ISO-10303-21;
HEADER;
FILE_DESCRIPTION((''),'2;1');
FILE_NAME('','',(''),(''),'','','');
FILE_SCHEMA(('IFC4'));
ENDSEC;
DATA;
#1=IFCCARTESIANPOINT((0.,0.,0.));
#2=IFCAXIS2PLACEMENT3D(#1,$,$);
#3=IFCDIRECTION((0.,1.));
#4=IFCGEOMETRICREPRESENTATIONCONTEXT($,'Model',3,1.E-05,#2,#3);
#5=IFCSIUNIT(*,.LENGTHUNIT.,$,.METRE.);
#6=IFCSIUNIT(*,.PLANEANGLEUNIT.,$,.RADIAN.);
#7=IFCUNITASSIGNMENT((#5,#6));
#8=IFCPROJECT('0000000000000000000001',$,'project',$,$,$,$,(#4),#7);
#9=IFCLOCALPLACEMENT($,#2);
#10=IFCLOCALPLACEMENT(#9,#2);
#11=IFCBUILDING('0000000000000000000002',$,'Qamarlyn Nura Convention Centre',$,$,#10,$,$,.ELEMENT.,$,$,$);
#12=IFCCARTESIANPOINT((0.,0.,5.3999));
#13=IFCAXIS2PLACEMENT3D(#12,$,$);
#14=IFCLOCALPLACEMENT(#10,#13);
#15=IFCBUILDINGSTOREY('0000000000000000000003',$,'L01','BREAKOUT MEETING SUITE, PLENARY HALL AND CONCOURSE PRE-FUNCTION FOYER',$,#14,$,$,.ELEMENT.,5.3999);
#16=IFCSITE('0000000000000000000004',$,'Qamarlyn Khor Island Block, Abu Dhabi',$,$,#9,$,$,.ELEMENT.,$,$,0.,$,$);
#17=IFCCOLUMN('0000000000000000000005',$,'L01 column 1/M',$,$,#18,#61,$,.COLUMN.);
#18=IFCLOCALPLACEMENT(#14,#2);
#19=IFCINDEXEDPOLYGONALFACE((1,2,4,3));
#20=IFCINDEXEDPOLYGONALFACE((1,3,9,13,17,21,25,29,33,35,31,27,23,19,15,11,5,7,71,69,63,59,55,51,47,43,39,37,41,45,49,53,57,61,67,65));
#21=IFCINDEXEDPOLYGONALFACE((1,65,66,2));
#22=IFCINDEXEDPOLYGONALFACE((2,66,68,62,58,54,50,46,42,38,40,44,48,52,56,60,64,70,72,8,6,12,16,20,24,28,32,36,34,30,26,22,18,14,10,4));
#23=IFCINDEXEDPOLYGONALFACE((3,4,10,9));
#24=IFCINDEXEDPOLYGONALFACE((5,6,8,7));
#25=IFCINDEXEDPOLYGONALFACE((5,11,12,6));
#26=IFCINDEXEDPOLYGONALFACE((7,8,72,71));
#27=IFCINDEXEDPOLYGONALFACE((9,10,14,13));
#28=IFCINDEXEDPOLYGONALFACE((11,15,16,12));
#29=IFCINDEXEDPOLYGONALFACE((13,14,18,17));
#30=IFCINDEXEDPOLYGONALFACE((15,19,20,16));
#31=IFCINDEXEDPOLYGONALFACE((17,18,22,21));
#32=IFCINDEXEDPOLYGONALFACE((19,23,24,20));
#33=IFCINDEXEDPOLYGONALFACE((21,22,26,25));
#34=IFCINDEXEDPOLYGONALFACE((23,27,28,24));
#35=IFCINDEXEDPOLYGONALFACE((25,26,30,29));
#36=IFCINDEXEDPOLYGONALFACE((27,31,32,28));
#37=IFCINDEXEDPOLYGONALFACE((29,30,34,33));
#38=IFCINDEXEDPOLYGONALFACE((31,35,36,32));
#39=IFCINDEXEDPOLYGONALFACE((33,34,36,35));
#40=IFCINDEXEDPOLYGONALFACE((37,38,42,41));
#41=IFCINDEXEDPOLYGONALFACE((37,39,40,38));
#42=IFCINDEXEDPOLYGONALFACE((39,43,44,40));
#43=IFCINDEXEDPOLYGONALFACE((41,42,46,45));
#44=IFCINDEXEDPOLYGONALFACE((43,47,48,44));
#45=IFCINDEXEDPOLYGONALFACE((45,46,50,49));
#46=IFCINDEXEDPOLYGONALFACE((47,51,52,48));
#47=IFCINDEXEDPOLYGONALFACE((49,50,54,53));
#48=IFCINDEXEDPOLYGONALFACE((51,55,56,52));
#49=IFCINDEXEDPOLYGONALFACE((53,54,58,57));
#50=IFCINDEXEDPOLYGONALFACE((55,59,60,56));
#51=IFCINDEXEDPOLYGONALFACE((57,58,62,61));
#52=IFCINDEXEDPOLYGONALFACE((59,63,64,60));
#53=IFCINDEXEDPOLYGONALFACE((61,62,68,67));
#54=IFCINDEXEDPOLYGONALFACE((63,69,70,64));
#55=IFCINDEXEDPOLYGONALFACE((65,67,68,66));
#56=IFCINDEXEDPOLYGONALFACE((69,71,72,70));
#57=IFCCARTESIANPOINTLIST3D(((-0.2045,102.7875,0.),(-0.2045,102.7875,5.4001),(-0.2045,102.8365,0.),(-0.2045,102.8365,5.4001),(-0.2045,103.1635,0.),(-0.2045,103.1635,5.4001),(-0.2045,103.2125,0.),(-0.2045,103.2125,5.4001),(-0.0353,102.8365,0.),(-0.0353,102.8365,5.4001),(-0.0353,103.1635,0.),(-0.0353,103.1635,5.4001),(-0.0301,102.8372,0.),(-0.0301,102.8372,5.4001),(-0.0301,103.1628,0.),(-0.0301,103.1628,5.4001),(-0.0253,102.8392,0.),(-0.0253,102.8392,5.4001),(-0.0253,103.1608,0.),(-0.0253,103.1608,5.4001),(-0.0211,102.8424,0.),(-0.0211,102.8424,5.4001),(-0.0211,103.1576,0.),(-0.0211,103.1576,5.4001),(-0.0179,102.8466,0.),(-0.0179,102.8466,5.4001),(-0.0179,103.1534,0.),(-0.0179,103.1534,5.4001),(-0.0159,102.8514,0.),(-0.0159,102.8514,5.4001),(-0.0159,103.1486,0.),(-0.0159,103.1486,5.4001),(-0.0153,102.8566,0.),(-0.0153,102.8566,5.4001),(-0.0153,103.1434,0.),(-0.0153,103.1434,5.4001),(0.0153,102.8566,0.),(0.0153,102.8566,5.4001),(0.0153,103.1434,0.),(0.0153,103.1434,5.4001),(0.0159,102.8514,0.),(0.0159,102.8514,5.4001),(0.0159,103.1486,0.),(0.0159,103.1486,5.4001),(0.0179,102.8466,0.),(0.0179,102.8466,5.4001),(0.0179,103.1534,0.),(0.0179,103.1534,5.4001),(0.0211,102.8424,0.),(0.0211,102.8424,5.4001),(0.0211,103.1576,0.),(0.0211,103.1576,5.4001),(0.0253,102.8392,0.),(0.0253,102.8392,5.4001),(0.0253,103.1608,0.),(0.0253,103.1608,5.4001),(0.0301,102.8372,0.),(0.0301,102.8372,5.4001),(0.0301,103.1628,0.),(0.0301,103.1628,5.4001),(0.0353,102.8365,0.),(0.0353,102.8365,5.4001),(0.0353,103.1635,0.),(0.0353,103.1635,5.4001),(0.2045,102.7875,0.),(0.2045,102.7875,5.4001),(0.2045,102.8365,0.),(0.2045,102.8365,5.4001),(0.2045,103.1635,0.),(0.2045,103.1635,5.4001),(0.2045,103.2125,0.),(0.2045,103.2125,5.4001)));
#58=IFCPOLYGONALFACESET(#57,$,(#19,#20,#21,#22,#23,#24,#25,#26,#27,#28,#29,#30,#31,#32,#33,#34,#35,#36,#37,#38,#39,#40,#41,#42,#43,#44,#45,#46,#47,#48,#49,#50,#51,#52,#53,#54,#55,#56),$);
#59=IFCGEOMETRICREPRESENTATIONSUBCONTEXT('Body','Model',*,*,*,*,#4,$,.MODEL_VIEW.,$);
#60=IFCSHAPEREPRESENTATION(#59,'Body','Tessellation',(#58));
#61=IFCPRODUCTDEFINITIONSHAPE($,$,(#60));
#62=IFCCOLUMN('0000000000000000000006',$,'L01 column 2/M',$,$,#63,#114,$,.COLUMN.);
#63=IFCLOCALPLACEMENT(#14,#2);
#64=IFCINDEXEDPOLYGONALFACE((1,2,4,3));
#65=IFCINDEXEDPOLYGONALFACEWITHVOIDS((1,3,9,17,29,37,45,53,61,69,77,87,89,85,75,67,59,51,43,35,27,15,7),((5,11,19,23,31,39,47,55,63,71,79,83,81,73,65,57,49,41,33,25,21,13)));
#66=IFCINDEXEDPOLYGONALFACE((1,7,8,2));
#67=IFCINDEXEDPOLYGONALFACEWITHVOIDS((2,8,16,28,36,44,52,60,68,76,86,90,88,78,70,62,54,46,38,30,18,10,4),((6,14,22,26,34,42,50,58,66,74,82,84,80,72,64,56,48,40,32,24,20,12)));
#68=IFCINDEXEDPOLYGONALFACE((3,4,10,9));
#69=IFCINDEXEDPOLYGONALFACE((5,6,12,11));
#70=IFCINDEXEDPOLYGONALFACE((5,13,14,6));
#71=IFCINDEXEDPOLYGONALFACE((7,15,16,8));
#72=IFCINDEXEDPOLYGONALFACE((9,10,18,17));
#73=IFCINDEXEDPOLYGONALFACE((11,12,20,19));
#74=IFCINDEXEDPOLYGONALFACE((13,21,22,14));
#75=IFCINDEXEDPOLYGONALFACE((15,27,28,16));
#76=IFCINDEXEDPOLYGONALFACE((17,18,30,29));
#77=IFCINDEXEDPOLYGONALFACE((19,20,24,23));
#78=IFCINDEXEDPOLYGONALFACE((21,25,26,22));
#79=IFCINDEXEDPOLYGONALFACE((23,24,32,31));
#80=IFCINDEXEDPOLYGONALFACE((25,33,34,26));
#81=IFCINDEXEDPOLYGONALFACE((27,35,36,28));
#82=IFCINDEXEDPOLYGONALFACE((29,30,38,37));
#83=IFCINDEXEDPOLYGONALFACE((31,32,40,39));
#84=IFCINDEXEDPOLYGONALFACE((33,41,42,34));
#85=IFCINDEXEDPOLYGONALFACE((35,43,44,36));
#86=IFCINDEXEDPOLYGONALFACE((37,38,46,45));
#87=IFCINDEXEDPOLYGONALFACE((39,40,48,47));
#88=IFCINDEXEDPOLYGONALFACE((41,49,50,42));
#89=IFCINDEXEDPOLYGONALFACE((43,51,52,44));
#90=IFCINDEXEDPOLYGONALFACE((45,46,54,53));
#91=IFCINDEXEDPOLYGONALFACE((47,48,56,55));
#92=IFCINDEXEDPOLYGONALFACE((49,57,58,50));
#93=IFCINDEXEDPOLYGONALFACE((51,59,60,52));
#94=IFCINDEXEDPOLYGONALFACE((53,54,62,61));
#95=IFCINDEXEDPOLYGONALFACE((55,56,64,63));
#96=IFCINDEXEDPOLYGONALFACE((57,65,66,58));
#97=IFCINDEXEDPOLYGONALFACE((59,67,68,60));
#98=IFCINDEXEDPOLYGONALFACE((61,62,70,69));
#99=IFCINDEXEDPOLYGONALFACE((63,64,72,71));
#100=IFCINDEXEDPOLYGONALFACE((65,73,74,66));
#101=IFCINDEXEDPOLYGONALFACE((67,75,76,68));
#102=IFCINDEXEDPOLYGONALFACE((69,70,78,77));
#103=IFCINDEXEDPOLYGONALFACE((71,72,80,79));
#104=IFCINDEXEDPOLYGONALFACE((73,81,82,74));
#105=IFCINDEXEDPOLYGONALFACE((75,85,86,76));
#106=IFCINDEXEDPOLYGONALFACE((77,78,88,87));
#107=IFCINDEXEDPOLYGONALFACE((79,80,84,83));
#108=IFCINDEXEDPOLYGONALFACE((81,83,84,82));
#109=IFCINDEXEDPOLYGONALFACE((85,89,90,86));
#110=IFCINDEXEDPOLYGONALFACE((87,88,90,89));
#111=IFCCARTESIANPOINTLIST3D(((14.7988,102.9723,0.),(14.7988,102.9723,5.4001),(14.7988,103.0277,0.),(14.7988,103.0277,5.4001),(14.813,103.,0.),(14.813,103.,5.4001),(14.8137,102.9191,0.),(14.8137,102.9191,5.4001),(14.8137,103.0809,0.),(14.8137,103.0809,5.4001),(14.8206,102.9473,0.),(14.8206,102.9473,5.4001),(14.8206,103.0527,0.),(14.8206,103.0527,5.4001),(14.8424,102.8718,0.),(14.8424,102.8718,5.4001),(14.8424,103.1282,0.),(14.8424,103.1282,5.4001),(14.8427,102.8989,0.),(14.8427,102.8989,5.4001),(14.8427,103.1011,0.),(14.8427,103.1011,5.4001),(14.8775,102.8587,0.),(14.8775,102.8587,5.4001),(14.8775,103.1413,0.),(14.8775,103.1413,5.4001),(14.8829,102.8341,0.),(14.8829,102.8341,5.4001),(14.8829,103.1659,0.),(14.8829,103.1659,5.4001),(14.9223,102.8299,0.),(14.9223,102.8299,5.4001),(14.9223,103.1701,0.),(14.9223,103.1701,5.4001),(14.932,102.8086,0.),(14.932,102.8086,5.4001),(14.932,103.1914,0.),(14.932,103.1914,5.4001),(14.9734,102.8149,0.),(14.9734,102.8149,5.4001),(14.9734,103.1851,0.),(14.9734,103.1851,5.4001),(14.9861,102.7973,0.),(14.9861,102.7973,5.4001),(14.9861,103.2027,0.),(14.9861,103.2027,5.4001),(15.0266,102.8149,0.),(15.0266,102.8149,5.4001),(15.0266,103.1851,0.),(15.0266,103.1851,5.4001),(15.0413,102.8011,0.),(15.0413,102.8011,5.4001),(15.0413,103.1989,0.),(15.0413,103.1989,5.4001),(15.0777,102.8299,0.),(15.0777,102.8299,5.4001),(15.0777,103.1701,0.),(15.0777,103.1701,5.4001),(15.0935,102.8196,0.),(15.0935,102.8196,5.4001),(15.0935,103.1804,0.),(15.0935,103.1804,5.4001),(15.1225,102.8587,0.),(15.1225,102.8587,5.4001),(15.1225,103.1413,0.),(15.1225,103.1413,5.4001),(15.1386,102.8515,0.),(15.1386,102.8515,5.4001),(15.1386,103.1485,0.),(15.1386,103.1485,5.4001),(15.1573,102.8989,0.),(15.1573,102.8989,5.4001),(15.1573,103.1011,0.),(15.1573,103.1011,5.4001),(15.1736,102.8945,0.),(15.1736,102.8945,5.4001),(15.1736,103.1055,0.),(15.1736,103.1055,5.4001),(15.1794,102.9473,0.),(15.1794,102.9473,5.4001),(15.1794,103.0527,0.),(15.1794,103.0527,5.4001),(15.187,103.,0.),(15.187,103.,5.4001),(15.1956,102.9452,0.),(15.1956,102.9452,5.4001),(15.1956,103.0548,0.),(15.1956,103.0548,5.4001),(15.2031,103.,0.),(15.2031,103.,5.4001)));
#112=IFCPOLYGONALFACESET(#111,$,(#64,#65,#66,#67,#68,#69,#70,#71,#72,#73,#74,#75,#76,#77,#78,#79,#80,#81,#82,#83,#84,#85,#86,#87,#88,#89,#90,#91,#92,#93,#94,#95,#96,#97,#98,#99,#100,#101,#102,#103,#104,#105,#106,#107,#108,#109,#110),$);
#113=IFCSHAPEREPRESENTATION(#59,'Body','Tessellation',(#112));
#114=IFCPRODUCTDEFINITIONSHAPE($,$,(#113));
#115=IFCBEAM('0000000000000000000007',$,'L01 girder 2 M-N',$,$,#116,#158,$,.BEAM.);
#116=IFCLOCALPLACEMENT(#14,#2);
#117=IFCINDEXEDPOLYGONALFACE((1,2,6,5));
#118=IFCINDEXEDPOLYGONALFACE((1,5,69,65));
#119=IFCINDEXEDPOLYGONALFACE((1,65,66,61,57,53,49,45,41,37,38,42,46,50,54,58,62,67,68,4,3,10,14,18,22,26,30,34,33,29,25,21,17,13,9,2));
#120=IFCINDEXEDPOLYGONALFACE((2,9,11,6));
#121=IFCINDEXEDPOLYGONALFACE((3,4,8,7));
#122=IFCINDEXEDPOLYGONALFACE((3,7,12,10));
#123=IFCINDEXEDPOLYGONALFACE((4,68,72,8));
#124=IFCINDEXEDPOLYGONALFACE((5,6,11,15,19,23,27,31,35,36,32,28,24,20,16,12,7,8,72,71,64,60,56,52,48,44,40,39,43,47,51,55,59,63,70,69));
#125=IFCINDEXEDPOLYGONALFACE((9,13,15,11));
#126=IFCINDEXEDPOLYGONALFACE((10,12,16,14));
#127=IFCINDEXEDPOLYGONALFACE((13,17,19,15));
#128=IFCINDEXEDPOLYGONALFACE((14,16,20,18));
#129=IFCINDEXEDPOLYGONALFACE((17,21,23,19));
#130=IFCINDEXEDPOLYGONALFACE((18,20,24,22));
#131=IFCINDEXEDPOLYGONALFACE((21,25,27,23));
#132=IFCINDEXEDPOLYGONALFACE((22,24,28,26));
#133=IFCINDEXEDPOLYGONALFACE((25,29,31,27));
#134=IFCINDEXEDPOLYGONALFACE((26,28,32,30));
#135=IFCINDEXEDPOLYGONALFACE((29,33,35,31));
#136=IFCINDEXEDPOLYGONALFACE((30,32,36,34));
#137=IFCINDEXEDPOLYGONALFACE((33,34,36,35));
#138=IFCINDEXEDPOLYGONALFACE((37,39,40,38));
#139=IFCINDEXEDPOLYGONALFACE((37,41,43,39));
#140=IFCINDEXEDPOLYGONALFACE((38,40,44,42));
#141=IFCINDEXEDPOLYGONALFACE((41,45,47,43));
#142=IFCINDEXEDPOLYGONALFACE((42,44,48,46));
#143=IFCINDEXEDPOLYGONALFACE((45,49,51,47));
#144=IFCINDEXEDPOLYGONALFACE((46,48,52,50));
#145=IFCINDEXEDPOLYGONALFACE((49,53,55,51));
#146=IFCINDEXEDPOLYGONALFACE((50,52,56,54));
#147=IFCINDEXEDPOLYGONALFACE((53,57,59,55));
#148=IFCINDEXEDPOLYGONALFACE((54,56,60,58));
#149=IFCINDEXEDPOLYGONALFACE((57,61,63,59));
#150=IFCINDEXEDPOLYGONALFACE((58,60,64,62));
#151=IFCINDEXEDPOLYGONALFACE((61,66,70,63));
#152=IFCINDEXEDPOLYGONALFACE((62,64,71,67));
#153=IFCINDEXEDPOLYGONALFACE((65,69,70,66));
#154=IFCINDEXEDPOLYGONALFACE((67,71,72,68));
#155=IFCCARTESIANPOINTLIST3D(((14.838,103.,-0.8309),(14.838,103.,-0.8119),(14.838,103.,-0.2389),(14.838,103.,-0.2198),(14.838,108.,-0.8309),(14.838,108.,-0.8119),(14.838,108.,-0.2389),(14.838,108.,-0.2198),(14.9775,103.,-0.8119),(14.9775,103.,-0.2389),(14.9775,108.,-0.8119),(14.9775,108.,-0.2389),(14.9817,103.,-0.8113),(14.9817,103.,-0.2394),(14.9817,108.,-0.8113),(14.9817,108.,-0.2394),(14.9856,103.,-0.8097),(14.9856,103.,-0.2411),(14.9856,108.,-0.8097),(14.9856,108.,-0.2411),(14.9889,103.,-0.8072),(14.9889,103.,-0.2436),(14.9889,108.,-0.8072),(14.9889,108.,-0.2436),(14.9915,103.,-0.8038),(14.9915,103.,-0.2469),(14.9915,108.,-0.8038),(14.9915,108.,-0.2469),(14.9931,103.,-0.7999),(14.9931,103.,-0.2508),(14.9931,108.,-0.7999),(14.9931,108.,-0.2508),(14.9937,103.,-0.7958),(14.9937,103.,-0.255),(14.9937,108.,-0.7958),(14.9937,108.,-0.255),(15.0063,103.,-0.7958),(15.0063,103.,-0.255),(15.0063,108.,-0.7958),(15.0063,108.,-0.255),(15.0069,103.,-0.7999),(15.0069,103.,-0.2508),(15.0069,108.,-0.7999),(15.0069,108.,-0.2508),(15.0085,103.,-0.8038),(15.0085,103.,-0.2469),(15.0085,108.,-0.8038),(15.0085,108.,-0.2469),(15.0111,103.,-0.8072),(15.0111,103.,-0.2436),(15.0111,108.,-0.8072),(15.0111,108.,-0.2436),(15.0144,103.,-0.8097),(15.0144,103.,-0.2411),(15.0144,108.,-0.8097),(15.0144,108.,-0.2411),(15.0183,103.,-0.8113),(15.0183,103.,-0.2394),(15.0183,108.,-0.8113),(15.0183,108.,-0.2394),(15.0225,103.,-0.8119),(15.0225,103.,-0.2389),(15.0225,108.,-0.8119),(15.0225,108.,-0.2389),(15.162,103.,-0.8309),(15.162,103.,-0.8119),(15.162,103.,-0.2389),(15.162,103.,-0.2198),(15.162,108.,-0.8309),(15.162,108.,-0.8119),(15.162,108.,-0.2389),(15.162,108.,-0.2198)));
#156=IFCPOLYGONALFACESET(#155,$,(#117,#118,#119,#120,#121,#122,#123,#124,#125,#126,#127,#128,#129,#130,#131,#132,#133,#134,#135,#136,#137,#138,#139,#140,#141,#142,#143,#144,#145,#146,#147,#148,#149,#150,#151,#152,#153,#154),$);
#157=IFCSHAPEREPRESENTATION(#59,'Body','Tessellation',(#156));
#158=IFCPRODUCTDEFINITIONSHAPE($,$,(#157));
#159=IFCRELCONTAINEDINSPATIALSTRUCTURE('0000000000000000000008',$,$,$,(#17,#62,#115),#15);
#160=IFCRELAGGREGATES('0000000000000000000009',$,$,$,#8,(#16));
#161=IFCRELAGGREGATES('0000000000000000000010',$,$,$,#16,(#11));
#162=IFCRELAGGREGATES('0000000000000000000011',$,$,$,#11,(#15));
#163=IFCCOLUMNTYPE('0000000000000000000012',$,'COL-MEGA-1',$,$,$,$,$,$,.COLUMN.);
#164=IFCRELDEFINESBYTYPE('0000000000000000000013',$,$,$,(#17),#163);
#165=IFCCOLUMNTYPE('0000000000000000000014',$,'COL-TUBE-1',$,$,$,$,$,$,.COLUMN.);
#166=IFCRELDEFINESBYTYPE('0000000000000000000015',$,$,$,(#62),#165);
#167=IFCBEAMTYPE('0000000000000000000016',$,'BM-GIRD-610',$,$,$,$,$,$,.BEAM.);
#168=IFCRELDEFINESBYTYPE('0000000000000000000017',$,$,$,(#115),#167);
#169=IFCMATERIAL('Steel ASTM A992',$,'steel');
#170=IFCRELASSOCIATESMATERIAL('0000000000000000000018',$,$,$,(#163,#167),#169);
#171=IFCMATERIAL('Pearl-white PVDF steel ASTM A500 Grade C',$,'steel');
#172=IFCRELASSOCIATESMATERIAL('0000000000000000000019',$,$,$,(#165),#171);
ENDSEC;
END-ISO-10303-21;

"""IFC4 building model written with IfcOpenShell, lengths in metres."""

from ifc_helpers import new_model, si_unit, direction, frame, origin, origin_2d, place, context, subcontext, project, spatial, hollow_circle, i_section, extrude, material, material_profile, profile_set, type_object, element, save


model = new_model("IFC4")

# Units and contexts
model_context = context("Model", 3, precision=1e-05, world=origin(), true_north=direction((0.0, 1.0)))
body_context = subcontext(model_context, "Body", "Model", "MODEL_VIEW")
ifc_project = project(units=[si_unit("LENGTHUNIT", "METRE"), si_unit("PLANEANGLEUNIT", "RADIAN")], contexts=[model_context])

# Site, building, storey
site_placement = place(None, origin())
site = spatial("IfcSite", under=ifc_project, at=site_placement, Name="Qamarlyn Khor Island Block, Abu Dhabi", CompositionType="ELEMENT", RefElevation=0.0)
building_placement = place(site_placement, origin())
building = spatial("IfcBuilding", under=site, at=building_placement, Name="Qamarlyn Nura Convention Centre", CompositionType="ELEMENT")
storey_placement = place(building_placement, frame((0.0, 0.0, 5.3999)))
storey = spatial("IfcBuildingStorey", under=building, at=storey_placement, Name="L01", Description="BREAKOUT MEETING SUITE, PLENARY HALL AND CONCOURSE PRE-FUNCTION FOYER", CompositionType="ELEMENT", Elevation=5.3999)

# Columns
ifc_material_1 = material(Name="Steel ASTM A992", Category="steel")
ifc_material_profile_1 = material_profile(ifc_material_1, i_section(OverallWidth=0.4089, OverallDepth=0.425, WebThickness=0.0305, FlangeThickness=0.0491, FilletRadius=0.02, at=origin_2d()), Name="W360X421")
ifc_profile_set_1 = profile_set([ifc_material_profile_1], Name="Steel ASTM A992")
column_type_1 = type_object("IfcColumnType", Name="COL-MEGA-1", PredefinedType="COLUMN", material=ifc_profile_set_1)
column_1_placement = place(storey_placement, frame((0.0, 103.0, 0.0), z_axis=(0.0, 0.0, 1.0), x_axis=(1.0, 0.0, 0.0)))
element("IfcColumn", 1, at=column_1_placement, inside=storey, type_object=column_type_1, Name="L01 column 1/M", PredefinedType="COLUMN", context=body_context, shape_type="SweptSolid", body=[
    extrude(i_section(OverallWidth=0.4089, OverallDepth=0.425, WebThickness=0.0305, FlangeThickness=0.0491, FilletRadius=0.02, at=origin_2d()), origin(), (0.0, 0.0, 1.0), 5.4001),
])
ifc_material_2 = material(Name="Pearl-white PVDF steel ASTM A500 Grade C", Category="steel")
ifc_material_profile_2 = material_profile(ifc_material_2, hollow_circle(Radius=0.2031, WallThickness=0.0161, at=origin_2d()), Name="CHS406.4X16")
ifc_profile_set_2 = profile_set([ifc_material_profile_2], Name="Pearl-white PVDF steel ASTM A500 Grade C")
column_type_2 = type_object("IfcColumnType", Name="COL-TUBE-1", PredefinedType="COLUMN", material=ifc_profile_set_2)
column_2_placement = place(storey_placement, frame((15.0, 103.0, 0.0), z_axis=(0.0, 0.0, 1.0), x_axis=(1.0, 0.0, 0.0)))
element("IfcColumn", 2, at=column_2_placement, inside=storey, type_object=column_type_2, Name="L01 column 2/M", PredefinedType="COLUMN", context=body_context, shape_type="SweptSolid", body=[
    extrude(hollow_circle(Radius=0.2031, WallThickness=0.0161, at=origin_2d()), origin(), (0.0, 0.0, 1.0), 5.4001),
])

# Beam
ifc_material_profile_3 = material_profile(ifc_material_1, i_section(OverallWidth=0.324, OverallDepth=0.6111, WebThickness=0.0127, FlangeThickness=0.019, FilletRadius=0.0161, at=origin_2d()), Name="W610X155")
ifc_profile_set_3 = profile_set([ifc_material_profile_3], Name="Steel ASTM A992")
beam_type_1 = type_object("IfcBeamType", Name="BM-GIRD-610", PredefinedType="BEAM", material=ifc_profile_set_3)
beam_1_placement = place(storey_placement, frame((15.0, 103.0, -0.5254), z_axis=(0.0, 1.0, 0.0), x_axis=(-1.0, 0.0, 0.0)))
element("IfcBeam", 3, at=beam_1_placement, inside=storey, type_object=beam_type_1, Name="L01 girder 2 M-N", PredefinedType="BEAM", context=body_context, shape_type="SweptSolid", body=[
    extrude(i_section(OverallWidth=0.324, OverallDepth=0.6111, WebThickness=0.0127, FlangeThickness=0.019, FilletRadius=0.0161, at=origin_2d()), origin(), (0.0, 0.0, 1.0), 5.0),
])

save(model, "model.ifc")
